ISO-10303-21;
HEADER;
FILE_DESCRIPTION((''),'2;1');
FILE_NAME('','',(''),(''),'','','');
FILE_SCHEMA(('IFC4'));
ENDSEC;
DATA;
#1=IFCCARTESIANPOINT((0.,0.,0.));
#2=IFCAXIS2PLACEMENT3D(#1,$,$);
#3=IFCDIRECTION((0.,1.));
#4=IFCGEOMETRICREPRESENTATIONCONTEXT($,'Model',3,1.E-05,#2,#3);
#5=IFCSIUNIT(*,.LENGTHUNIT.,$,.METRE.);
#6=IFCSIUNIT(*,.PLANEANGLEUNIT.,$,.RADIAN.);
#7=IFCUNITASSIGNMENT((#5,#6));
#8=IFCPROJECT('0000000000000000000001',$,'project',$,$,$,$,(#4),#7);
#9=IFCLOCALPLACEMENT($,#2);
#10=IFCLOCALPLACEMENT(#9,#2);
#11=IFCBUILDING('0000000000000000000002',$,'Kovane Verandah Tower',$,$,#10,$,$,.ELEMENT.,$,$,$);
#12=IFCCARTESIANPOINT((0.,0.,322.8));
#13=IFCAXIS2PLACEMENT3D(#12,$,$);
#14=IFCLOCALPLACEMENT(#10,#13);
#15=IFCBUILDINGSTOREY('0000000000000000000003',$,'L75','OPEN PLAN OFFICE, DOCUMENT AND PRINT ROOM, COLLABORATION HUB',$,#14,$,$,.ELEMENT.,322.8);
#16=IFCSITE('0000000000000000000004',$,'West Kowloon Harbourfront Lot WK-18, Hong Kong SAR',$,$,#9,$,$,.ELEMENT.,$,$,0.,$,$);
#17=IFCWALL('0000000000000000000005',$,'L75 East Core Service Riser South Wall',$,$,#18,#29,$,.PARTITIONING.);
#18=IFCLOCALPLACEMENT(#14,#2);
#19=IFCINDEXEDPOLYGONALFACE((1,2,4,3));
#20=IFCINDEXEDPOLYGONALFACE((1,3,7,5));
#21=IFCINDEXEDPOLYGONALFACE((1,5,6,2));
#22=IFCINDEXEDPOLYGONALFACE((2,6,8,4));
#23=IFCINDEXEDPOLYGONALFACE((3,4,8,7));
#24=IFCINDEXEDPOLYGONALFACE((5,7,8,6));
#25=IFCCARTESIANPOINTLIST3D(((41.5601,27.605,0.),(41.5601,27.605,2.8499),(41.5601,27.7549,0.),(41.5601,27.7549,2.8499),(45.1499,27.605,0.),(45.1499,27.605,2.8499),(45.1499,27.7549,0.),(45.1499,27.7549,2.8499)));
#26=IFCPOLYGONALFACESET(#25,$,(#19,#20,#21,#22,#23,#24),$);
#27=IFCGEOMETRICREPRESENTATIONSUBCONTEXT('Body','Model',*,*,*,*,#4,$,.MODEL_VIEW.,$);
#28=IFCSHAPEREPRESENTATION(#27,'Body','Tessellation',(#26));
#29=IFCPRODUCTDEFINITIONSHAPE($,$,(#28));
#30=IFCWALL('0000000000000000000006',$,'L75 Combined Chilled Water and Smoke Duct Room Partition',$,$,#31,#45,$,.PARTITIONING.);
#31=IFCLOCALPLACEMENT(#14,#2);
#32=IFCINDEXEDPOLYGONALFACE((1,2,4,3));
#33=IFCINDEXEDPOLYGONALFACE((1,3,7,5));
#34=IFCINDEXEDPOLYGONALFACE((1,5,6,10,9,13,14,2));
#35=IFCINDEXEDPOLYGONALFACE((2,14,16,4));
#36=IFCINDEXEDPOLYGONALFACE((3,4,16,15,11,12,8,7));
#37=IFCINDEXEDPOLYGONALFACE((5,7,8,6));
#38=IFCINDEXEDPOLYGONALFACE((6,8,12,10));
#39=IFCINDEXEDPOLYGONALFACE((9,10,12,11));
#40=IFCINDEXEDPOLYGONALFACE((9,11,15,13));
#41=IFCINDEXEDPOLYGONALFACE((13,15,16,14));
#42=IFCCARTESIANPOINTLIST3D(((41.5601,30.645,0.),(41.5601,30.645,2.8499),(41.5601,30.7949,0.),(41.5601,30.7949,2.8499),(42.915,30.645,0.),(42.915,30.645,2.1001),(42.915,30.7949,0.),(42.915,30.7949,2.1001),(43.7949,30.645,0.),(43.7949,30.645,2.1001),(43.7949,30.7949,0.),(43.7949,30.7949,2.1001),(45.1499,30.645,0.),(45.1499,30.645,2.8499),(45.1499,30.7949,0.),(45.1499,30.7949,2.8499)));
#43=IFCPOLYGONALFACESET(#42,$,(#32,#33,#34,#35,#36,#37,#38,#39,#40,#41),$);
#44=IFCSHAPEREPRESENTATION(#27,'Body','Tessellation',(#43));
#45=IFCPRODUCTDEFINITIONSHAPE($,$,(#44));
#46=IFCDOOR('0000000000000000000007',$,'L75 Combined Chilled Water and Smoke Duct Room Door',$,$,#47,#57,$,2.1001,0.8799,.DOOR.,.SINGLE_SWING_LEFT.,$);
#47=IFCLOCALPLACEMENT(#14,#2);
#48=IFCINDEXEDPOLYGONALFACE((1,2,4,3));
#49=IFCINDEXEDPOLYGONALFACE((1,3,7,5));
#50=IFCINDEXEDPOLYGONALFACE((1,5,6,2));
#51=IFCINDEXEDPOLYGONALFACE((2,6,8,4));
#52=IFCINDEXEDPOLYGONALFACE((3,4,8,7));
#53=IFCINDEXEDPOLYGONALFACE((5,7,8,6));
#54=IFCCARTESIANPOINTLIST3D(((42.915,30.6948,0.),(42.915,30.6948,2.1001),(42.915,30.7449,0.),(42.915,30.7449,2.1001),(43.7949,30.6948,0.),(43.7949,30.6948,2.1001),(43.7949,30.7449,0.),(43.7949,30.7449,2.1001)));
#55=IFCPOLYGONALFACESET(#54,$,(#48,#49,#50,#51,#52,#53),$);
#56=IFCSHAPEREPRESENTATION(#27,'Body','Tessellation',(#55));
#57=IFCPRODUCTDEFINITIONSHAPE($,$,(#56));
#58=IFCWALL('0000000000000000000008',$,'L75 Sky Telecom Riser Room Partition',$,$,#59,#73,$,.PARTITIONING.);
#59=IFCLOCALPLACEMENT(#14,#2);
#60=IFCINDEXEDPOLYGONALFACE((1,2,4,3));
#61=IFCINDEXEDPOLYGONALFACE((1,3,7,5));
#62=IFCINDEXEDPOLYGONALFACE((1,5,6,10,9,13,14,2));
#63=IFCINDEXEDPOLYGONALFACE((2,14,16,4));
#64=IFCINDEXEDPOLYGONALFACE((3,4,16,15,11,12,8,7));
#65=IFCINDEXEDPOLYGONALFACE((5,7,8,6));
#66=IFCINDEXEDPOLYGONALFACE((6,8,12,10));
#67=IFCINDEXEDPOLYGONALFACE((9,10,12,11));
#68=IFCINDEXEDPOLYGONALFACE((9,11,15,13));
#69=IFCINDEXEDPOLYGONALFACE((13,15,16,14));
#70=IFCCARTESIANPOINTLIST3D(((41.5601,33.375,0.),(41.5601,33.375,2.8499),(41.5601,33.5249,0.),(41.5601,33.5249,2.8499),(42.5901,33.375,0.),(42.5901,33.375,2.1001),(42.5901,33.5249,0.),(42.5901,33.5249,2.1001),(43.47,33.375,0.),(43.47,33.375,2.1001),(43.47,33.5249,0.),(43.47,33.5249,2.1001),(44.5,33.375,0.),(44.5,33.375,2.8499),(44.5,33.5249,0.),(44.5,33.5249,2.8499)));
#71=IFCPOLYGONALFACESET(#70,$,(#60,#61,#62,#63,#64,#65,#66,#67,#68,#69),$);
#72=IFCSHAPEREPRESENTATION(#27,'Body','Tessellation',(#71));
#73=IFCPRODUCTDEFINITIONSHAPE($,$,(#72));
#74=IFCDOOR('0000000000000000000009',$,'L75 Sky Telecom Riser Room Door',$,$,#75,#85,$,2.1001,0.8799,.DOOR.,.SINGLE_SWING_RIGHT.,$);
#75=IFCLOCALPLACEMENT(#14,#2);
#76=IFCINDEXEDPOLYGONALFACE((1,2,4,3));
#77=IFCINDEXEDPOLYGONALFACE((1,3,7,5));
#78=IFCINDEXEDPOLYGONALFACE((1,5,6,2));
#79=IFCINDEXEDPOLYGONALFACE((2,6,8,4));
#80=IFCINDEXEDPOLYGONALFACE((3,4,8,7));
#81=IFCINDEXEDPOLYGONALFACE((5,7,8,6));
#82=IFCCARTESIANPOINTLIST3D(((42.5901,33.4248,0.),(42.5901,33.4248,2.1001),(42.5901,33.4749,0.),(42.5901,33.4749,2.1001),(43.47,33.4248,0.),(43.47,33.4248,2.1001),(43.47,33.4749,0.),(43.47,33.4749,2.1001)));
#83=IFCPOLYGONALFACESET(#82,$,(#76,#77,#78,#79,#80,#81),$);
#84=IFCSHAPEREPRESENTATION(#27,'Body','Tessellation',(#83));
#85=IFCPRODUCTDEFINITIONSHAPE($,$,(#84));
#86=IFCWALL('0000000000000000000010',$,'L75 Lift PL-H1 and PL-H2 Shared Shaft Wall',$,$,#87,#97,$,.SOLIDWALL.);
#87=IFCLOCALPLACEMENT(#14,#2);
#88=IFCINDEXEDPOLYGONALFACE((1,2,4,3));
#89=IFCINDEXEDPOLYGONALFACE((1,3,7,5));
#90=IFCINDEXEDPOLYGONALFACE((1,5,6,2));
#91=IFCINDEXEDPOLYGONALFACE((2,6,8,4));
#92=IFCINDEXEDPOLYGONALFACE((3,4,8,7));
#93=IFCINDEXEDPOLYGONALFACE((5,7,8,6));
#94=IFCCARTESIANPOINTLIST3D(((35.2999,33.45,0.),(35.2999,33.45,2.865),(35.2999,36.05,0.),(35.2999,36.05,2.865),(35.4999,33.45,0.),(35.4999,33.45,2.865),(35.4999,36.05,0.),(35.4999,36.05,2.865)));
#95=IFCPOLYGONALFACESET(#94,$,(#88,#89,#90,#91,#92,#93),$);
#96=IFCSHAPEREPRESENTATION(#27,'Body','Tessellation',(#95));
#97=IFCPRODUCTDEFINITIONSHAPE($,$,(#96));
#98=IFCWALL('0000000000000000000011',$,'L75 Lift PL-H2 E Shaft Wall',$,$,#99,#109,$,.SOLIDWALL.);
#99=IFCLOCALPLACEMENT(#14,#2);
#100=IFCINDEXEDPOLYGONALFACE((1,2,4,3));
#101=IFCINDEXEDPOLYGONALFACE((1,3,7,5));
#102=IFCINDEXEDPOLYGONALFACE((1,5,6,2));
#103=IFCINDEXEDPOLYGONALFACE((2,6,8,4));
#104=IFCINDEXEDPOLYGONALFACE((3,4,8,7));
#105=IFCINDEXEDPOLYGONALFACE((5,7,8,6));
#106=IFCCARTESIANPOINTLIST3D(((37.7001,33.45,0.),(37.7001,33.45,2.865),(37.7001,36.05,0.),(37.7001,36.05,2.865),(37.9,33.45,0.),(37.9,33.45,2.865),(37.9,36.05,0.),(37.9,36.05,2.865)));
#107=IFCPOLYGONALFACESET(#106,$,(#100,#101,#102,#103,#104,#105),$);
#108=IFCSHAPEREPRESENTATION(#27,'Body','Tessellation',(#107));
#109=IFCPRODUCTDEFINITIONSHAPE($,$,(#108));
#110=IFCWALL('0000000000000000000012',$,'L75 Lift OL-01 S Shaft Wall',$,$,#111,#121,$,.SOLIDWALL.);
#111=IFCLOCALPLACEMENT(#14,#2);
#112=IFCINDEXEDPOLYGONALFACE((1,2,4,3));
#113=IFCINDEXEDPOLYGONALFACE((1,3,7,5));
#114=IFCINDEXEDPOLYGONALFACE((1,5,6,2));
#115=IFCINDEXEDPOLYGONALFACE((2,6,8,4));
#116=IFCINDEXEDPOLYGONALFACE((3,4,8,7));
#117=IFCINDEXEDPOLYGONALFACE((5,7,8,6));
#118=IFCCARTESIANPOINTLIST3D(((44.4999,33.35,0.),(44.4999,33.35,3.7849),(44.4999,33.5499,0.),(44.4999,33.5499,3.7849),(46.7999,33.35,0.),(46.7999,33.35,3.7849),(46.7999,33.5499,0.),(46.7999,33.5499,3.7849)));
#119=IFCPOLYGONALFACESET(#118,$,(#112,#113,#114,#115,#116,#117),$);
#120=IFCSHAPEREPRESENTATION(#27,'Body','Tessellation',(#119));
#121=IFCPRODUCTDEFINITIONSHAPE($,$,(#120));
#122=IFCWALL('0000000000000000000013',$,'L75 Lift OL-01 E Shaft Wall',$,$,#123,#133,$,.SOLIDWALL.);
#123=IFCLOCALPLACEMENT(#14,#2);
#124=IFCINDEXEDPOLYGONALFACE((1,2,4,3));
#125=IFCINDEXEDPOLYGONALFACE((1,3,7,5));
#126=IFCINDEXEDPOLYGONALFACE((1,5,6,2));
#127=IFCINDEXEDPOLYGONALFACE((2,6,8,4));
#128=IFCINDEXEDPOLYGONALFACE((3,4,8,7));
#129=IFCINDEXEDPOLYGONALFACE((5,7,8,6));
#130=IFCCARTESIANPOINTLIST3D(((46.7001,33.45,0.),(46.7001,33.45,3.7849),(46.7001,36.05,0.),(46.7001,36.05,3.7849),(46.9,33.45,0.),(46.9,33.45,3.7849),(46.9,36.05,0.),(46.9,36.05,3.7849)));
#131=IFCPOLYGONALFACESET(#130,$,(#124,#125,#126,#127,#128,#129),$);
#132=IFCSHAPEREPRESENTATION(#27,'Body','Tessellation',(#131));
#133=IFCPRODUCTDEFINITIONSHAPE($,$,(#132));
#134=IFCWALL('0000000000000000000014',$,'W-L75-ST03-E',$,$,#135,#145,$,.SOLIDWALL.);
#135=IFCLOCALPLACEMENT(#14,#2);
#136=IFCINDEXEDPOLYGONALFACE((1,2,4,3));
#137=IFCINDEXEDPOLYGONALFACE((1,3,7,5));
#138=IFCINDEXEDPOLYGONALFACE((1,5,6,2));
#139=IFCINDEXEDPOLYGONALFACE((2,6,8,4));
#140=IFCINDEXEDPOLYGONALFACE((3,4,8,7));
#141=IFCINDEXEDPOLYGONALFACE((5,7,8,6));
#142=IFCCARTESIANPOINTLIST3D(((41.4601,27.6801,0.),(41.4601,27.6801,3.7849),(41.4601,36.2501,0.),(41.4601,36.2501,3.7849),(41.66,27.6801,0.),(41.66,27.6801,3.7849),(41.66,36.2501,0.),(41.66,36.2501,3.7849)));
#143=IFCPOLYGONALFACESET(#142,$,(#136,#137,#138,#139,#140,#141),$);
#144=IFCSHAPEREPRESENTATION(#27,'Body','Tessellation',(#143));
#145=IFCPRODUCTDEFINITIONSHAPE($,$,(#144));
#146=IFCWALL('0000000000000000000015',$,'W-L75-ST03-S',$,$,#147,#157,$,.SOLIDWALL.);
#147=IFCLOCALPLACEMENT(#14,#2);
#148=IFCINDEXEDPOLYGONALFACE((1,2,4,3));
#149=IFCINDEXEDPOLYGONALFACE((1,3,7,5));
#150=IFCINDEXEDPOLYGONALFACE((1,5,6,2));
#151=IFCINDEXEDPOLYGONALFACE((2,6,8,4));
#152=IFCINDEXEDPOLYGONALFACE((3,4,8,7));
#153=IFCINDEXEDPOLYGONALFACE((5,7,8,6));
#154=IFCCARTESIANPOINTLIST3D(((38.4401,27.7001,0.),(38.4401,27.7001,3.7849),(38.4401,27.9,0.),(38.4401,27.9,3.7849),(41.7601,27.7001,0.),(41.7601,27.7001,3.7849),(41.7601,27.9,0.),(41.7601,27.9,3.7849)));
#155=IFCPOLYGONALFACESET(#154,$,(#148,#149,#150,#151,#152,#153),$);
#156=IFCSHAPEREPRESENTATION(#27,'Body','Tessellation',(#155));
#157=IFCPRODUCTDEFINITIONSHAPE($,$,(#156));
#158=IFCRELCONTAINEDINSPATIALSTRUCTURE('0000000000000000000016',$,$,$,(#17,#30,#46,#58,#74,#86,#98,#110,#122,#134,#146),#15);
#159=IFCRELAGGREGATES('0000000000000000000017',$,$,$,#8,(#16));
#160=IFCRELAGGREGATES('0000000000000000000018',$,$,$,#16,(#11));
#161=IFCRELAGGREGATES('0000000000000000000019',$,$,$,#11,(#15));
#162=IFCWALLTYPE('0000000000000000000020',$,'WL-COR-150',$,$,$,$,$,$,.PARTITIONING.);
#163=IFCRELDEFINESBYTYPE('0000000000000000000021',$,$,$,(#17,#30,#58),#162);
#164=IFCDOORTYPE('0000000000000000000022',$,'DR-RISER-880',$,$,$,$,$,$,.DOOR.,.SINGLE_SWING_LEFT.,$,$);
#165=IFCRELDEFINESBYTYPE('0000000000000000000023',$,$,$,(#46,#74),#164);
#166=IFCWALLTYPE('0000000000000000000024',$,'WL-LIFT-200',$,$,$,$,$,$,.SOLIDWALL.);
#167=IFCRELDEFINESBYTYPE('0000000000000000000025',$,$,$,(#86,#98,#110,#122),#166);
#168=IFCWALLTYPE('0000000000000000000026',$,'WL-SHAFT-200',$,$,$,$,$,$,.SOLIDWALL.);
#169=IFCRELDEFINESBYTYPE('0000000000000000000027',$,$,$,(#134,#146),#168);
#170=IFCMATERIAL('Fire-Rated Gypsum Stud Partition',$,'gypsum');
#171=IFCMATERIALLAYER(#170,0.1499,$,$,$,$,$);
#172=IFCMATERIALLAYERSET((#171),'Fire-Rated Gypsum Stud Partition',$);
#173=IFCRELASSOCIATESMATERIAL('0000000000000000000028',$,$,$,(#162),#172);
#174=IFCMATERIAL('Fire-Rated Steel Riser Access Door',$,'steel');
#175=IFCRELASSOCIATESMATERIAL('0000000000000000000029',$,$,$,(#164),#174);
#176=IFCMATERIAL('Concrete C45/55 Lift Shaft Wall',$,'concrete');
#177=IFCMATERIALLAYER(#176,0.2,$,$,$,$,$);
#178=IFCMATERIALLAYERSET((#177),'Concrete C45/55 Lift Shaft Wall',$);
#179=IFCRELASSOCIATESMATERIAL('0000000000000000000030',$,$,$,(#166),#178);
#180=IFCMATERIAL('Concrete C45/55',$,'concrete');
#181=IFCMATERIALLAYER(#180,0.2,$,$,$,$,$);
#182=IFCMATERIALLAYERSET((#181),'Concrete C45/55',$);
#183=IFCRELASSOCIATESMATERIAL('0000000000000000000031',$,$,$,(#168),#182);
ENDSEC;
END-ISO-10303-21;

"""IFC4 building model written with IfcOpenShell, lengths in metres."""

from ifc_helpers import new_model, si_unit, direction, frame, frame_2d, origin, place, context, subcontext, project, spatial, rectangle, extrude, material, layer, layer_set, type_object, element, fill, save


model = new_model("IFC4")

# Units and contexts
model_context = context("Model", 3, precision=1e-05, world=origin(), true_north=direction((0.0, 1.0)))
body_context = subcontext(model_context, "Body", "Model", "MODEL_VIEW")
ifc_project = project(units=[si_unit("LENGTHUNIT", "METRE"), si_unit("PLANEANGLEUNIT", "RADIAN")], contexts=[model_context])

# Site, building, storey
site_placement = place(None, origin())
site = spatial("IfcSite", under=ifc_project, at=site_placement, Name="West Kowloon Harbourfront Lot WK-18, Hong Kong SAR", CompositionType="ELEMENT", RefElevation=0.0)
building_placement = place(site_placement, origin())
building = spatial("IfcBuilding", under=site, at=building_placement, Name="Kovane Verandah Tower", CompositionType="ELEMENT")
storey_placement = place(building_placement, frame((0.0, 0.0, 322.8)))
storey = spatial("IfcBuildingStorey", under=building, at=storey_placement, Name="L75", Description="OPEN PLAN OFFICE, DOCUMENT AND PRINT ROOM, COLLABORATION HUB", CompositionType="ELEMENT", Elevation=322.8)

# Wall
ifc_material_1 = material(Name="Fire-Rated Gypsum Stud Partition", Category="gypsum")
ifc_layer_1 = layer(ifc_material_1, 0.1499)
ifc_layer_set_1 = layer_set([ifc_layer_1], Name="Fire-Rated Gypsum Stud Partition")
wall_type_1 = type_object("IfcWallType", Name="WL-COR-150", PredefinedType="PARTITIONING", material=ifc_layer_set_1)
wall_1_placement = place(storey_placement, frame((41.5601, 27.6799, 0.0), z_axis=(0.0, 0.0, 1.0), x_axis=(1.0, 0.0, 0.0)))
element("IfcWall", 1, at=wall_1_placement, inside=storey, type_object=wall_type_1, Name="L75 East Core Service Riser South Wall", PredefinedType="PARTITIONING", context=body_context, shape_type="SweptSolid", body=[
    extrude(rectangle(XDim=3.5898, YDim=0.1499, at=frame_2d((1.7949, 0.0))), origin(), (0.0, 0.0, 1.0), 2.8499),
])

# Walls, openings, doors
wall_2_placement = place(storey_placement, frame((41.5601, 30.72, 0.0), z_axis=(0.0, 0.0, 1.0), x_axis=(1.0, 0.0, 0.0)))
wall_2 = element("IfcWall", 2, at=wall_2_placement, inside=storey, type_object=wall_type_1, Name="L75 Combined Chilled Water and Smoke Duct Room Partition", PredefinedType="PARTITIONING", context=body_context, shape_type="SweptSolid", body=[
    extrude(rectangle(XDim=3.5898, YDim=0.1499, at=frame_2d((1.7949, 0.0))), origin(), (0.0, 0.0, 1.0), 2.8499),
])
opening_1_placement = place(wall_2_placement, frame((1.355, 0.0, 0.0)))
opening_1 = element("IfcOpeningElement", 3, at=opening_1_placement, cuts=wall_2, PredefinedType="OPENING", context=body_context, shape_type="SweptSolid", body=[
    extrude(rectangle(XDim=0.8799, YDim=2.1001, at=frame_2d((0.4399, 1.05))), frame((0.0, 0.075, 0.0), z_axis=(0.0, -1.0, 0.0), x_axis=(1.0, 0.0, 0.0)), (0.0, 0.0, 1.0), 0.1499),
])
ifc_material_2 = material(Name="Fire-Rated Steel Riser Access Door", Category="steel")
door_type_1 = type_object("IfcDoorType", Name="DR-RISER-880", OperationType="SINGLE_SWING_LEFT", PredefinedType="DOOR", material=ifc_material_2)
door_1_placement = place(opening_1_placement, origin())
door_1 = element("IfcDoor", 4, at=door_1_placement, inside=storey, type_object=door_type_1, Name="L75 Combined Chilled Water and Smoke Duct Room Door", OperationType="SINGLE_SWING_LEFT", OverallHeight=2.1001, OverallWidth=0.8799, PredefinedType="DOOR", context=body_context, shape_type="SweptSolid", body=[
    extrude(rectangle(XDim=0.8799, YDim=2.1001, at=frame_2d((0.4399, 1.05))), frame((0.0, 0.0249, 0.0), z_axis=(0.0, -1.0, 0.0), x_axis=(1.0, 0.0, 0.0)), (0.0, 0.0, 1.0), 0.05),
])
fill(opening_1, door_1)
wall_3_placement = place(storey_placement, frame((41.5601, 33.45, 0.0), z_axis=(0.0, 0.0, 1.0), x_axis=(1.0, 0.0, 0.0)))
wall_3 = element("IfcWall", 5, at=wall_3_placement, inside=storey, type_object=wall_type_1, Name="L75 Sky Telecom Riser Room Partition", PredefinedType="PARTITIONING", context=body_context, shape_type="SweptSolid", body=[
    extrude(rectangle(XDim=2.9399, YDim=0.1499, at=frame_2d((1.47, 0.0))), origin(), (0.0, 0.0, 1.0), 2.8499),
])
opening_2_placement = place(wall_3_placement, frame((1.03, 0.0, 0.0)))
opening_2 = element("IfcOpeningElement", 6, at=opening_2_placement, cuts=wall_3, PredefinedType="OPENING", context=body_context, shape_type="SweptSolid", body=[
    extrude(rectangle(XDim=0.8799, YDim=2.1001, at=frame_2d((0.4399, 1.05))), frame((0.0, 0.075, 0.0), z_axis=(0.0, -1.0, 0.0), x_axis=(1.0, 0.0, 0.0)), (0.0, 0.0, 1.0), 0.1499),
])
door_2_placement = place(opening_2_placement, origin())
door_2 = element("IfcDoor", 7, at=door_2_placement, inside=storey, type_object=door_type_1, Name="L75 Sky Telecom Riser Room Door", OperationType="SINGLE_SWING_RIGHT", OverallHeight=2.1001, OverallWidth=0.8799, PredefinedType="DOOR", context=body_context, shape_type="SweptSolid", body=[
    extrude(rectangle(XDim=0.8799, YDim=2.1001, at=frame_2d((0.4399, 1.05))), frame((0.0, 0.0249, 0.0), z_axis=(0.0, -1.0, 0.0), x_axis=(1.0, 0.0, 0.0)), (0.0, 0.0, 1.0), 0.05),
])
fill(opening_2, door_2)

# Wall
ifc_material_3 = material(Name="Concrete C45/55 Lift Shaft Wall", Category="concrete")
ifc_layer_2 = layer(ifc_material_3, 0.2)
ifc_layer_set_2 = layer_set([ifc_layer_2], Name="Concrete C45/55 Lift Shaft Wall")
wall_type_2 = type_object("IfcWallType", Name="WL-LIFT-200", PredefinedType="SOLIDWALL", material=ifc_layer_set_2)
wall_4_placement = place(storey_placement, frame((35.3999, 33.45, 0.0), z_axis=(0.0, 0.0, 1.0), x_axis=(0.0, 1.0, 0.0)))
element("IfcWall", 8, at=wall_4_placement, inside=storey, type_object=wall_type_2, Name="L75 Lift PL-H1 and PL-H2 Shared Shaft Wall", PredefinedType="SOLIDWALL", context=body_context, shape_type="SweptSolid", body=[
    extrude(rectangle(XDim=2.6001, YDim=0.2, at=frame_2d((1.3, 0.0))), origin(), (0.0, 0.0, 1.0), 2.865),
])

# Walls
wall_5_placement = place(storey_placement, frame((37.8, 33.45, 0.0), z_axis=(0.0, 0.0, 1.0), x_axis=(0.0, 1.0, 0.0)))
element("IfcWall", 9, at=wall_5_placement, inside=storey, type_object=wall_type_2, Name="L75 Lift PL-H2 E Shaft Wall", PredefinedType="SOLIDWALL", context=body_context, shape_type="SweptSolid", body=[
    extrude(rectangle(XDim=2.6001, YDim=0.2, at=frame_2d((1.3, 0.0))), origin(), (0.0, 0.0, 1.0), 2.865),
])
wall_6_placement = place(storey_placement, frame((44.5, 33.45, 0.0), z_axis=(0.0, 0.0, 1.0), x_axis=(1.0, 0.0, 0.0)))
element("IfcWall", 10, at=wall_6_placement, inside=storey, type_object=wall_type_2, Name="L75 Lift OL-01 S Shaft Wall", PredefinedType="SOLIDWALL", context=body_context, shape_type="SweptSolid", body=[
    extrude(rectangle(XDim=2.3, YDim=0.2, at=frame_2d((1.1499, 0.0))), origin(), (0.0, 0.0, 1.0), 3.7849),
])
wall_7_placement = place(storey_placement, frame((46.8, 33.45, 0.0), z_axis=(0.0, 0.0, 1.0), x_axis=(0.0, 1.0, 0.0)))
element("IfcWall", 11, at=wall_7_placement, inside=storey, type_object=wall_type_2, Name="L75 Lift OL-01 E Shaft Wall", PredefinedType="SOLIDWALL", context=body_context, shape_type="SweptSolid", body=[
    extrude(rectangle(XDim=2.6001, YDim=0.2, at=frame_2d((1.3, 0.0))), origin(), (0.0, 0.0, 1.0), 3.7849),
])
ifc_material_4 = material(Name="Concrete C45/55", Category="concrete")
ifc_layer_3 = layer(ifc_material_4, 0.2)
ifc_layer_set_3 = layer_set([ifc_layer_3], Name="Concrete C45/55")
wall_type_3 = type_object("IfcWallType", Name="WL-SHAFT-200", PredefinedType="SOLIDWALL", material=ifc_layer_set_3)
wall_8_placement = place(storey_placement, frame((41.5601, 27.6799, 0.0), z_axis=(0.0, 0.0, 1.0), x_axis=(0.0, 1.0, 0.0)))
element("IfcWall", 12, at=wall_8_placement, inside=storey, type_object=wall_type_3, Name="W-L75-ST03-E", PredefinedType="SOLIDWALL", context=body_context, shape_type="SweptSolid", body=[
    extrude(rectangle(XDim=8.5701, YDim=0.2, at=frame_2d((4.2852, 0.0))), origin(), (0.0, 0.0, 1.0), 3.7849),
])
wall_9_placement = place(storey_placement, frame((38.4399, 27.8, 0.0), z_axis=(0.0, 0.0, 1.0), x_axis=(1.0, 0.0, 0.0)))
element("IfcWall", 13, at=wall_9_placement, inside=storey, type_object=wall_type_3, Name="W-L75-ST03-S", PredefinedType="SOLIDWALL", context=body_context, shape_type="SweptSolid", body=[
    extrude(rectangle(XDim=3.3201, YDim=0.2, at=frame_2d((1.6602, 0.0))), origin(), (0.0, 0.0, 1.0), 3.7849),
])

save(model, "model.ifc")
